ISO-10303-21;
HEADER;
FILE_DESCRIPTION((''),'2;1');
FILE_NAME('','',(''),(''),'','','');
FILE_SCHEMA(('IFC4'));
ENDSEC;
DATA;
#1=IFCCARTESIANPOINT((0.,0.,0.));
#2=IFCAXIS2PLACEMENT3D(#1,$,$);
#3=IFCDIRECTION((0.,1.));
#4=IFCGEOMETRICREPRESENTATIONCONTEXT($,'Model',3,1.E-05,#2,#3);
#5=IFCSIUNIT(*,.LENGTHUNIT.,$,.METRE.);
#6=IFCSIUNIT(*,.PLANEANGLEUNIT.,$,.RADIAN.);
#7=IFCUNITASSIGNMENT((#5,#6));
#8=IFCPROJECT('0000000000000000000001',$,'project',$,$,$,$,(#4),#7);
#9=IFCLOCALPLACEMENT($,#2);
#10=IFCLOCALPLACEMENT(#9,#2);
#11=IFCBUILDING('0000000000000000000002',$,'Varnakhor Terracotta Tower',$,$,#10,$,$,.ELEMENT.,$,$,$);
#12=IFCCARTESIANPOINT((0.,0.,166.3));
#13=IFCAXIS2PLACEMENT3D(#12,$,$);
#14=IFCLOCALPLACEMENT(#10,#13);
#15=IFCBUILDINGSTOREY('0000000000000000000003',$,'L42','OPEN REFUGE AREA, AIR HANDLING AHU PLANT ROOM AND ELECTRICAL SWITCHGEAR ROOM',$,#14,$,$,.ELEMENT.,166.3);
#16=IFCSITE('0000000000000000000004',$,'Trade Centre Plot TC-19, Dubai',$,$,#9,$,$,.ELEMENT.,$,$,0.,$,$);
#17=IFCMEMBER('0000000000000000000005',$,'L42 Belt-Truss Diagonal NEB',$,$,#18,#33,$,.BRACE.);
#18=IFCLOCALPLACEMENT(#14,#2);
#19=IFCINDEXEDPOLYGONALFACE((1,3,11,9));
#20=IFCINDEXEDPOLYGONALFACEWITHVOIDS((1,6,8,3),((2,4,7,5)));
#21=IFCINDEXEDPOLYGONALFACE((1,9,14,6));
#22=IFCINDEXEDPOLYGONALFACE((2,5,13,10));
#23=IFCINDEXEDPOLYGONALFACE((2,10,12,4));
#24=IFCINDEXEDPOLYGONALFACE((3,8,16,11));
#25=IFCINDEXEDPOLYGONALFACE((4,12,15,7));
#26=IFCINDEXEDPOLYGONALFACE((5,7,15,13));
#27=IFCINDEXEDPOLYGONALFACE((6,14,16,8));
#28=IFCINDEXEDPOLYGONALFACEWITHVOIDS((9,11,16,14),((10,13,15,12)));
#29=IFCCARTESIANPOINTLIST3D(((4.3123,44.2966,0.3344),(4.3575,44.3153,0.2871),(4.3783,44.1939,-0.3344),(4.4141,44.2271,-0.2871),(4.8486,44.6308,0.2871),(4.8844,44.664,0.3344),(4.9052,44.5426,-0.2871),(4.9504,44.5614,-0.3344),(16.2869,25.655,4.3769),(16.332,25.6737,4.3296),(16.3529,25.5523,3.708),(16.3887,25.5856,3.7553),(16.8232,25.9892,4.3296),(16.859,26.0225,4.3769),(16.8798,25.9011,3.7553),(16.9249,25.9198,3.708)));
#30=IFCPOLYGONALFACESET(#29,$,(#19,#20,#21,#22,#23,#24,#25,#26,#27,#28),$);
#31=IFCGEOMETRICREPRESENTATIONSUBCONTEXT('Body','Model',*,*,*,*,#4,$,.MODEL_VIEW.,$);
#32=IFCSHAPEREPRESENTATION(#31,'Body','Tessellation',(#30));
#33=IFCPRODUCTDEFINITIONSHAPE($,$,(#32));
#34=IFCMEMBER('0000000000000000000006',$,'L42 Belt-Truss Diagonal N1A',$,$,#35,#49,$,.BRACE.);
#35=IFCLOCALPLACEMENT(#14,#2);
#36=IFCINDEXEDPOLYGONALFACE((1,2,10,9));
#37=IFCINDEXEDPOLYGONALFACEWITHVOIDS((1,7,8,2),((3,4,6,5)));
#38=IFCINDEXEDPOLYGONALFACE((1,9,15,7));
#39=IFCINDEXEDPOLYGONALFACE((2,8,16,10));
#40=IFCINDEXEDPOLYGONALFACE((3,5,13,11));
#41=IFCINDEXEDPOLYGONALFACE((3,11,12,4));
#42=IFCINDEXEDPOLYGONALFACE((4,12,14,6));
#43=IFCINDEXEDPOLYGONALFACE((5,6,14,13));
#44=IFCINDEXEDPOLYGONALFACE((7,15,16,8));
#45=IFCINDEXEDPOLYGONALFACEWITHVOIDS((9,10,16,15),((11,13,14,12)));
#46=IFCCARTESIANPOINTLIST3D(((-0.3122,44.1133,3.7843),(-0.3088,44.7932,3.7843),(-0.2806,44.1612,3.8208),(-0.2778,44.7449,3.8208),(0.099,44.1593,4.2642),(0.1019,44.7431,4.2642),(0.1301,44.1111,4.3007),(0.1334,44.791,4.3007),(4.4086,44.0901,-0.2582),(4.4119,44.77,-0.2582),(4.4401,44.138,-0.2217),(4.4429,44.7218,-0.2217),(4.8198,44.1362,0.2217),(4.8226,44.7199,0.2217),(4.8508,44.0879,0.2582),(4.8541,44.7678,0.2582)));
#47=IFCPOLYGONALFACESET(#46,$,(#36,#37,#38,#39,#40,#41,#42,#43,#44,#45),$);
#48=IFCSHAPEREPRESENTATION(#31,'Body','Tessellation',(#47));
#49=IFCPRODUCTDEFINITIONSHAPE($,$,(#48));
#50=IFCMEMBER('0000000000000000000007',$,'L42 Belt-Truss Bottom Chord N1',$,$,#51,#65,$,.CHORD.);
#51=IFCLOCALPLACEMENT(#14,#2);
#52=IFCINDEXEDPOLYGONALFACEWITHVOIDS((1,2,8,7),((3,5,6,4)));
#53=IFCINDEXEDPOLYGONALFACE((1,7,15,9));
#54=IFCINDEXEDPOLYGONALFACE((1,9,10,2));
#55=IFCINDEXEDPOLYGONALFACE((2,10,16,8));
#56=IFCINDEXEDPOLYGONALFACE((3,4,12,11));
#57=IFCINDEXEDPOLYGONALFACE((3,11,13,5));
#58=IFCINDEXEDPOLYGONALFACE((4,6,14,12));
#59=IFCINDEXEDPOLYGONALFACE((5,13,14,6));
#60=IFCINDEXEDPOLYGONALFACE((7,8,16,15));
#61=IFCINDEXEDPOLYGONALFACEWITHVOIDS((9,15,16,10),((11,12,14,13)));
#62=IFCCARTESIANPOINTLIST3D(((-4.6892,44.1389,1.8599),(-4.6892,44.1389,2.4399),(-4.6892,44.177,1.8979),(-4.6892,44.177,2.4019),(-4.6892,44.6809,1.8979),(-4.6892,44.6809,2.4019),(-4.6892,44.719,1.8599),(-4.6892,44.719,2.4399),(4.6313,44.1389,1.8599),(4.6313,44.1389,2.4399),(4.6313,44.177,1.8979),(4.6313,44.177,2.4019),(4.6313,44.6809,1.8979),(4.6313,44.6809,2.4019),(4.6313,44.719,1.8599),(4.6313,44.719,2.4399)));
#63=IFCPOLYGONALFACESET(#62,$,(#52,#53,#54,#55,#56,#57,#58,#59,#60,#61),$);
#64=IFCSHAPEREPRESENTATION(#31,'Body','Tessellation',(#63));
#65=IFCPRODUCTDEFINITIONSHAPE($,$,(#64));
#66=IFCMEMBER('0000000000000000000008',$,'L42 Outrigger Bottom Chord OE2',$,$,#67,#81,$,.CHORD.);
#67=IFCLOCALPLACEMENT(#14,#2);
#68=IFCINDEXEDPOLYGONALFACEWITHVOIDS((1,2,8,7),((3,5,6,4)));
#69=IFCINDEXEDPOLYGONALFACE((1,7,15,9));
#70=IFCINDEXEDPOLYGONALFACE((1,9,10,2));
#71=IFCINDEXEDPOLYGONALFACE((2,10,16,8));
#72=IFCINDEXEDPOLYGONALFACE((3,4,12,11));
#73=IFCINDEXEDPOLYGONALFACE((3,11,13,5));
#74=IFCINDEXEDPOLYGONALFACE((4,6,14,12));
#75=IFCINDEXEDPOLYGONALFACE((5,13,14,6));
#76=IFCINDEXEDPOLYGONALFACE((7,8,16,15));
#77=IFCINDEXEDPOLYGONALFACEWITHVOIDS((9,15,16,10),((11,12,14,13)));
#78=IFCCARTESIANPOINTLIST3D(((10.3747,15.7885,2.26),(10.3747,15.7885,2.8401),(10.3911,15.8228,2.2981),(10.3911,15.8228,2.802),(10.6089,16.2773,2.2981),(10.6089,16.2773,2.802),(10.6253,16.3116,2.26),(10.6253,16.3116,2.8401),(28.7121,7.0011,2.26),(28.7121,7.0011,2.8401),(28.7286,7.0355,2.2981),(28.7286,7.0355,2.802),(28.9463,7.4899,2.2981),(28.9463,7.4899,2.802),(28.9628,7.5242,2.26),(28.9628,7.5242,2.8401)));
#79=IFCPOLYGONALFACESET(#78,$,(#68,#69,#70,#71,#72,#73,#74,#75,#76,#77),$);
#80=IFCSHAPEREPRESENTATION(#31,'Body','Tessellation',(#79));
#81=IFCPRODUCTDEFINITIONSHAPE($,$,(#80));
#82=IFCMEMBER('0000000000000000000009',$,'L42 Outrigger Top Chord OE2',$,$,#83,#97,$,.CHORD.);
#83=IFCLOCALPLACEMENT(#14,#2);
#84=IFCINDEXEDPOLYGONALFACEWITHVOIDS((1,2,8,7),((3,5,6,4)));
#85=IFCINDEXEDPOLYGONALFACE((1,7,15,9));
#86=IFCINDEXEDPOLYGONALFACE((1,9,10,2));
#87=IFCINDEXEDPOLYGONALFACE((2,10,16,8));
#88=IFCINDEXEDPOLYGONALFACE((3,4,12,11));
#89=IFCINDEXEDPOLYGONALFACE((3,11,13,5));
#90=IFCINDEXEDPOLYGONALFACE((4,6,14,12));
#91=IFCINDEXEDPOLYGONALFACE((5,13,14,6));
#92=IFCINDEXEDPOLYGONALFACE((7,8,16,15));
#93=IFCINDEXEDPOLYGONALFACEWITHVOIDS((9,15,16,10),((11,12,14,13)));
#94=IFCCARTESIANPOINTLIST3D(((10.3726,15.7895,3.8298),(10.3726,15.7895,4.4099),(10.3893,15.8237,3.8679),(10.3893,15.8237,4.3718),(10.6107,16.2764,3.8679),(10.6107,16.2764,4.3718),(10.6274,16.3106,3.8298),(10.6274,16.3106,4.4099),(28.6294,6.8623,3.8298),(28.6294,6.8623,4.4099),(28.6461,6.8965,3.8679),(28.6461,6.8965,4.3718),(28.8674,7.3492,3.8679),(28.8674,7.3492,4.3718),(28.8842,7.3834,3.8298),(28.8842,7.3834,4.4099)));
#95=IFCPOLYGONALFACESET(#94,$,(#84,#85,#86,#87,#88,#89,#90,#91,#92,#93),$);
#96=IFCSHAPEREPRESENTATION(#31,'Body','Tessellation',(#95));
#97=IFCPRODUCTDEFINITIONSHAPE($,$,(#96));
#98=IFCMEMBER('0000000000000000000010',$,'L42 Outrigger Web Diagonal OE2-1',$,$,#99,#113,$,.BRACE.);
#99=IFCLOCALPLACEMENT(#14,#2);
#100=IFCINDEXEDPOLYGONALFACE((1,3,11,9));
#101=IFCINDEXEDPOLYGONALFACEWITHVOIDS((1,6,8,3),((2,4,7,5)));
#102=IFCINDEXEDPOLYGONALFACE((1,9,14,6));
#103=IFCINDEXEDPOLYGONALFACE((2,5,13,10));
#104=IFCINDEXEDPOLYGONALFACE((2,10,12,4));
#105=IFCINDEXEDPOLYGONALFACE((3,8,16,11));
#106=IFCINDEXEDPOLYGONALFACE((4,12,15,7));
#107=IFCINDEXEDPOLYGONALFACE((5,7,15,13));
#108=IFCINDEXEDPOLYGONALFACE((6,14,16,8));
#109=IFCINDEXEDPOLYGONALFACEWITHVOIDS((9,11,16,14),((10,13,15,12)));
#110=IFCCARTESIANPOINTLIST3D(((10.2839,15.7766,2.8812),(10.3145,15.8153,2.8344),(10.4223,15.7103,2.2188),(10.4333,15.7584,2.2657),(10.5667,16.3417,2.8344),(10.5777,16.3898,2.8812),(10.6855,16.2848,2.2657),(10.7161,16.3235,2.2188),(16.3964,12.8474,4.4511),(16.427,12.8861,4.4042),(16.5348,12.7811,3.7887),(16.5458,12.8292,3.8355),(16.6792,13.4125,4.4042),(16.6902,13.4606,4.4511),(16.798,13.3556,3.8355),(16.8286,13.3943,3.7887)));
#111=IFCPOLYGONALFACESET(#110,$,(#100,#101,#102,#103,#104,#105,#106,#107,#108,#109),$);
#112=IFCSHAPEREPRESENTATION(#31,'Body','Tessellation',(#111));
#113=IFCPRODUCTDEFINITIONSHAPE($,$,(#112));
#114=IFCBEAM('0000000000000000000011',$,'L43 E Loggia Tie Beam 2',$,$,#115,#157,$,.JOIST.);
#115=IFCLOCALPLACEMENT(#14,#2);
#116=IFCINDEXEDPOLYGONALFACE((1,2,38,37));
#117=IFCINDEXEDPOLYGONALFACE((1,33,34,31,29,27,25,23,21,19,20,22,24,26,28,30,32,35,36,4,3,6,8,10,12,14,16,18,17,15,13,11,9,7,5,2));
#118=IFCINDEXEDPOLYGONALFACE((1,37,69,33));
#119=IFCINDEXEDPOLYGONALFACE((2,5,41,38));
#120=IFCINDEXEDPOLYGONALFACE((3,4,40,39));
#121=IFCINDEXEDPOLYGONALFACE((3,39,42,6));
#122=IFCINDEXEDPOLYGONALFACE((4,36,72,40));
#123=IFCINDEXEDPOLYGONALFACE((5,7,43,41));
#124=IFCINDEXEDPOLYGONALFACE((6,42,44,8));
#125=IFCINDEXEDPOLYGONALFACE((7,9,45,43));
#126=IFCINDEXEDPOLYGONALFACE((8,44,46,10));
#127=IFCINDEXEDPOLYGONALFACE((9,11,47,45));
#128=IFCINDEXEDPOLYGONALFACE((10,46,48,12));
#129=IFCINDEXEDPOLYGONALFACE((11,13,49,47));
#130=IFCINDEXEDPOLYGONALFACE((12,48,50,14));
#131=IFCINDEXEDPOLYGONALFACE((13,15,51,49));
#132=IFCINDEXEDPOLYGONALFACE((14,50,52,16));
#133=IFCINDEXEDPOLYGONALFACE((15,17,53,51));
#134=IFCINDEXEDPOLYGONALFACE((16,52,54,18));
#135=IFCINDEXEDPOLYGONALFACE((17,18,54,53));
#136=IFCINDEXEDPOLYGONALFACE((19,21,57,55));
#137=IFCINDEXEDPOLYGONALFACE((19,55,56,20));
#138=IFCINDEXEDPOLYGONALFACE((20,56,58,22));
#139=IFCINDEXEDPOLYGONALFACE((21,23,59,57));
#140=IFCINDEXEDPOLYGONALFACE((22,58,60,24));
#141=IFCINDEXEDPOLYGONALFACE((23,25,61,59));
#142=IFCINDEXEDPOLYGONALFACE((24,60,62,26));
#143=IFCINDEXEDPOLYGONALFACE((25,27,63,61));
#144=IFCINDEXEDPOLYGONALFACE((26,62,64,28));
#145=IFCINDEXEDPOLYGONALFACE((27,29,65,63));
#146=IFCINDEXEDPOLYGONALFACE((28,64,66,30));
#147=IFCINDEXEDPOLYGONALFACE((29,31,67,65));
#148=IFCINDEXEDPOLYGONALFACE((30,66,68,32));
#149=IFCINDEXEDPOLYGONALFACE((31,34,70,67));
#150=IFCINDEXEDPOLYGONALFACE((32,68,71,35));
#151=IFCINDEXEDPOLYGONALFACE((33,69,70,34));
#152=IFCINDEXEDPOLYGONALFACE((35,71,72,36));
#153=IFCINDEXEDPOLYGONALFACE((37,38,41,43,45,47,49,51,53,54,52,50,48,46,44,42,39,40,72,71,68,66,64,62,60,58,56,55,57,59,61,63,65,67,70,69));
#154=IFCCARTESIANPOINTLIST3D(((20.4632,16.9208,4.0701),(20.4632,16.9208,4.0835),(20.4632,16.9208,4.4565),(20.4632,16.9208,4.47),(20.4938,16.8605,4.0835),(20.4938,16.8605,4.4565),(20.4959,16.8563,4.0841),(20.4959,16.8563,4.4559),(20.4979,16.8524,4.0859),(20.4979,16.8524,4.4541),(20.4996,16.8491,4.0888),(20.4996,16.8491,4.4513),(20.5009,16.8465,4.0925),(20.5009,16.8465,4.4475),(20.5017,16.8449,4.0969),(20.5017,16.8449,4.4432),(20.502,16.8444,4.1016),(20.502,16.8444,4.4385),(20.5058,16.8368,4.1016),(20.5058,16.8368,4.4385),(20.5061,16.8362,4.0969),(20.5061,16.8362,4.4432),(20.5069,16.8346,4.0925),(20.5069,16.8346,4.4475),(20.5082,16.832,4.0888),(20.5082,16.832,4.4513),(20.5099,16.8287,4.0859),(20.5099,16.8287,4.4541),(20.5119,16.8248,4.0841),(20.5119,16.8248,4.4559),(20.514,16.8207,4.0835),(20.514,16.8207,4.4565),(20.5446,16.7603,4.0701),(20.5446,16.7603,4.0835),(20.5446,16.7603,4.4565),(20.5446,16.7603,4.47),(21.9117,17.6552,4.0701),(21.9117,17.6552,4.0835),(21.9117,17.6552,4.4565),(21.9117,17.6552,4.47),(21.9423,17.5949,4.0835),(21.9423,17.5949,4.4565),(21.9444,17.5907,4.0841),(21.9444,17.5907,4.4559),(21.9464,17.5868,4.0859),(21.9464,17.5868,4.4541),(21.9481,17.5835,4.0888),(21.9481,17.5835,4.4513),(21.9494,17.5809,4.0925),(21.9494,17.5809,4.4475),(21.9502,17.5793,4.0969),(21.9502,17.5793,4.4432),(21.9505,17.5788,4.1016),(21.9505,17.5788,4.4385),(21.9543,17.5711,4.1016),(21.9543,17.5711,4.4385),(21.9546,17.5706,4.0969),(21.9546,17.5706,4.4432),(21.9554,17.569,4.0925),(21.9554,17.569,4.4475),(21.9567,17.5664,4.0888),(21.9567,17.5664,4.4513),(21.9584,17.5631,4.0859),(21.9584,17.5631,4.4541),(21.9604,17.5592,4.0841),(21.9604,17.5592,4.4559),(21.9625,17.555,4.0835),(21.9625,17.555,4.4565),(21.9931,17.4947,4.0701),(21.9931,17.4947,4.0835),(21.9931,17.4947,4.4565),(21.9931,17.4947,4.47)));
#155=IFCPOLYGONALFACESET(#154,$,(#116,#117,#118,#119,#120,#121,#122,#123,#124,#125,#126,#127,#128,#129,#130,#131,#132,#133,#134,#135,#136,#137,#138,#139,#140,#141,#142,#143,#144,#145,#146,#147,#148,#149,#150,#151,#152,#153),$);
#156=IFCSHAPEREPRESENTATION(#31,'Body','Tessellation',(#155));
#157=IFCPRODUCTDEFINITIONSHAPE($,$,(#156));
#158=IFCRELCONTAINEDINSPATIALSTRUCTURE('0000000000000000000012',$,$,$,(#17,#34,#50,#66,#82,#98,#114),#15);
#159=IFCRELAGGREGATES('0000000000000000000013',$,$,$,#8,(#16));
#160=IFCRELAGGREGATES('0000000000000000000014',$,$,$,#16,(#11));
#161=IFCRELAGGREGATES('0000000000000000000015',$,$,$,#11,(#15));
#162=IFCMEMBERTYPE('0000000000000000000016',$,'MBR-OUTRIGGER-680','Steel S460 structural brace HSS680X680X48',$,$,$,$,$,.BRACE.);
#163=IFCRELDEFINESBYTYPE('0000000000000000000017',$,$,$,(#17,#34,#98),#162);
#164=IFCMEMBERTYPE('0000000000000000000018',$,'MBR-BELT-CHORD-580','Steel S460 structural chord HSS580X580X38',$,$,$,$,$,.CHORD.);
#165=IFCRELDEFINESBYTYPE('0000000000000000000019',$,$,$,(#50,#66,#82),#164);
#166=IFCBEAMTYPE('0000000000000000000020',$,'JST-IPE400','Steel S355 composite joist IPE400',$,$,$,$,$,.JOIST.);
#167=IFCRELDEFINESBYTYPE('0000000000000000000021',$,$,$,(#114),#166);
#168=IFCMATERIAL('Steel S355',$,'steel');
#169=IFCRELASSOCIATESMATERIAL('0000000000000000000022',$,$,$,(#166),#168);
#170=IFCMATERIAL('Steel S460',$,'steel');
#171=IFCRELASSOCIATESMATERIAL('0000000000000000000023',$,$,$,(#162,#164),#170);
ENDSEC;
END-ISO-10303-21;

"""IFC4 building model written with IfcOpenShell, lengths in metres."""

from ifc_helpers import new_model, si_unit, direction, frame, origin, origin_2d, place, context, subcontext, project, spatial, hollow_rectangle, i_section, extrude, source, transform, mapped, material, material_profile, profile_set, type_object, element, save


model = new_model("IFC4")

# Units and contexts
model_context = context("Model", 3, precision=1e-05, world=origin(), true_north=direction((0.0, 1.0)))
body_context = subcontext(model_context, "Body", "Model", "MODEL_VIEW")
ifc_project = project(units=[si_unit("LENGTHUNIT", "METRE"), si_unit("PLANEANGLEUNIT", "RADIAN")], contexts=[model_context])

# Site, building, storey
site_placement = place(None, origin())
site = spatial("IfcSite", under=ifc_project, at=site_placement, Name="Trade Centre Plot TC-19, Dubai", CompositionType="ELEMENT", RefElevation=0.0)
building_placement = place(site_placement, origin())
building = spatial("IfcBuilding", under=site, at=building_placement, Name="Varnakhor Terracotta Tower", CompositionType="ELEMENT")
storey_placement = place(building_placement, frame((0.0, 0.0, 166.3)))
storey = spatial("IfcBuildingStorey", under=building, at=storey_placement, Name="L42", Description="OPEN REFUGE AREA, AIR HANDLING AHU PLANT ROOM AND ELECTRICAL SWITCHGEAR ROOM", CompositionType="ELEMENT", Elevation=166.3)

# Shared definitions
ifc_material_1 = material(Name="Steel S460", Category="steel")

# Shared definitions
ifc_material_2 = material(Name="Steel S355", Category="steel")
ifc_material_profile_1 = material_profile(ifc_material_2, i_section(OverallWidth=0.1799, OverallDepth=0.3999, WebThickness=0.0085, FlangeThickness=0.0134, FilletRadius=0.0181, at=origin_2d()), Name="IPE400")
ifc_profile_set_1 = profile_set([ifc_material_profile_1], Name="Steel S355")
beam_type_1 = type_object("IfcBeamType", Name="JST-IPE400", Description="Steel S355 composite joist IPE400", PredefinedType="JOIST", material=ifc_profile_set_1)

# Members
ifc_material_profile_2 = material_profile(ifc_material_1, hollow_rectangle(XDim=0.6799, YDim=0.6799, WallThickness=0.0481, at=origin_2d()), Name="HSS680X680X48")
ifc_profile_set_2 = profile_set([ifc_material_profile_2], Name="Steel S460")
member_type_1 = type_object("IfcMemberType", Name="MBR-OUTRIGGER-680", Description="Steel S460 structural brace HSS680X680X48", PredefinedType="BRACE", material=ifc_profile_set_2)
shared_shape_1 = source(origin(), body_context, "Body", "SweptSolid", [
    extrude(hollow_rectangle(XDim=0.6799, YDim=0.6799, WallThickness=0.0481, at=origin_2d()), origin(), (0.0, 0.0, 1.0), 22.522),
])
member_1_placement = place(storey_placement, frame((4.6313, 44.429, 0.0), z_axis=(0.531684, -0.827705, 0.17949), x_axis=(0.841369, 0.540461, 0.0)))
element("IfcMember", 1, at=member_1_placement, inside=storey, type_object=member_type_1, Name="L42 Belt-Truss Diagonal NEB", PredefinedType="BRACE", context=body_context, shape_type="MappedRepresentation", body=[
    mapped(shared_shape_1, transform((0.0, 0.0, 0.0), scale=1.0)),
])
shared_shape_2 = source(origin(), body_context, "Body", "SweptSolid", [
    extrude(hollow_rectangle(XDim=0.6799, YDim=0.6799, WallThickness=0.0481, at=origin_2d()), origin(), (0.0, 0.0, 1.0), 6.2151),
])
member_2_placement = place(storey_placement, frame((4.6313, 44.429, 0.0), z_axis=(-0.759556, 0.003732, 0.650431), x_axis=(-0.004913, -0.999988, 0.0)))
element("IfcMember", 2, at=member_2_placement, inside=storey, type_object=member_type_1, Name="L42 Belt-Truss Diagonal N1A", PredefinedType="BRACE", context=body_context, shape_type="MappedRepresentation", body=[
    mapped(shared_shape_2, transform((0.0, 0.0, 0.0), scale=1.0)),
])
ifc_material_profile_3 = material_profile(ifc_material_1, hollow_rectangle(XDim=0.5801, YDim=0.5801, WallThickness=0.0381, at=origin_2d()), Name="HSS580X580X38")
ifc_profile_set_3 = profile_set([ifc_material_profile_3], Name="Steel S460")
member_type_2 = type_object("IfcMemberType", Name="MBR-BELT-CHORD-580", Description="Steel S460 structural chord HSS580X580X38", PredefinedType="CHORD", material=ifc_profile_set_3)
shared_shape_3 = source(origin(), body_context, "Body", "SweptSolid", [
    extrude(hollow_rectangle(XDim=0.5801, YDim=0.5801, WallThickness=0.0381, at=origin_2d()), origin(), (0.0, 0.0, 1.0), 9.3206),
])
member_3_placement = place(storey_placement, frame((4.6313, 44.429, 2.1499), z_axis=(-1.0, 0.0, 0.0), x_axis=(0.0, -1.0, 0.0)))
element("IfcMember", 3, at=member_3_placement, inside=storey, type_object=member_type_2, Name="L42 Belt-Truss Bottom Chord N1", PredefinedType="CHORD", context=body_context, shape_type="MappedRepresentation", body=[
    mapped(shared_shape_3, transform((0.0, 0.0, 0.0), scale=1.0)),
])
shared_shape_4 = source(origin(), body_context, "Body", "SweptSolid", [
    extrude(hollow_rectangle(XDim=0.5801, YDim=0.5801, WallThickness=0.0381, at=origin_2d()), origin(), (0.0, 0.0, 1.0), 20.3342),
])
member_4_placement = place(storey_placement, frame((10.5, 16.05, 2.55), z_axis=(0.901803, -0.432147, 0.0), x_axis=(0.432147, 0.901803, 0.0)))
element("IfcMember", 4, at=member_4_placement, inside=storey, type_object=member_type_2, Name="L42 Outrigger Bottom Chord OE2", PredefinedType="CHORD", context=body_context, shape_type="MappedRepresentation", body=[
    mapped(shared_shape_4, transform((0.0, 0.0, 0.0), scale=1.0)),
])
shared_shape_5 = source(origin(), body_context, "Body", "SweptSolid", [
    extrude(hollow_rectangle(XDim=0.5801, YDim=0.5801, WallThickness=0.0381, at=origin_2d()), origin(), (0.0, 0.0, 1.0), 20.3225),
])
member_5_placement = place(storey_placement, frame((10.5, 16.05, 4.1199), z_axis=(0.898352, -0.439277, 0.0), x_axis=(0.439277, 0.898352, 0.0)))
element("IfcMember", 5, at=member_5_placement, inside=storey, type_object=member_type_2, Name="L42 Outrigger Top Chord OE2", PredefinedType="CHORD", context=body_context, shape_type="MappedRepresentation", body=[
    mapped(shared_shape_5, transform((0.0, 0.0, 0.0), scale=1.0)),
])
shared_shape_6 = source(origin(), body_context, "Body", "SweptSolid", [
    extrude(hollow_rectangle(XDim=0.6799, YDim=0.6799, WallThickness=0.0481, at=origin_2d()), origin(), (0.0, 0.0, 1.0), 6.9575),
])
member_6_placement = place(storey_placement, frame((10.5, 16.05, 2.55), z_axis=(0.878546, -0.421009, 0.225628), x_axis=(0.432153, 0.901801, 0.0)))
element("IfcMember", 6, at=member_6_placement, inside=storey, type_object=member_type_1, Name="L42 Outrigger Web Diagonal OE2-1", PredefinedType="BRACE", context=body_context, shape_type="MappedRepresentation", body=[
    mapped(shared_shape_6, transform((0.0, 0.0, 0.0), scale=1.0)),
])

# Beam
shared_shape_7 = source(origin(), body_context, "Body", "SweptSolid", [
    extrude(i_section(OverallWidth=0.1799, OverallDepth=0.3999, WebThickness=0.0085, FlangeThickness=0.0134, FilletRadius=0.0181, at=origin_2d()), origin(), (0.0, 0.0, 1.0), 1.624),
])
beam_1_placement = place(storey_placement, frame((20.5039, 16.8406, 4.27), z_axis=(0.891918, 0.452198, 0.0), x_axis=(-0.452198, 0.891918, 0.0)))
element("IfcBeam", 7, at=beam_1_placement, inside=storey, type_object=beam_type_1, Name="L43 E Loggia Tie Beam 2", PredefinedType="JOIST", context=body_context, shape_type="MappedRepresentation", body=[
    mapped(shared_shape_7, transform((0.0, 0.0, 0.0), scale=1.0)),
])

save(model, "model.ifc")
